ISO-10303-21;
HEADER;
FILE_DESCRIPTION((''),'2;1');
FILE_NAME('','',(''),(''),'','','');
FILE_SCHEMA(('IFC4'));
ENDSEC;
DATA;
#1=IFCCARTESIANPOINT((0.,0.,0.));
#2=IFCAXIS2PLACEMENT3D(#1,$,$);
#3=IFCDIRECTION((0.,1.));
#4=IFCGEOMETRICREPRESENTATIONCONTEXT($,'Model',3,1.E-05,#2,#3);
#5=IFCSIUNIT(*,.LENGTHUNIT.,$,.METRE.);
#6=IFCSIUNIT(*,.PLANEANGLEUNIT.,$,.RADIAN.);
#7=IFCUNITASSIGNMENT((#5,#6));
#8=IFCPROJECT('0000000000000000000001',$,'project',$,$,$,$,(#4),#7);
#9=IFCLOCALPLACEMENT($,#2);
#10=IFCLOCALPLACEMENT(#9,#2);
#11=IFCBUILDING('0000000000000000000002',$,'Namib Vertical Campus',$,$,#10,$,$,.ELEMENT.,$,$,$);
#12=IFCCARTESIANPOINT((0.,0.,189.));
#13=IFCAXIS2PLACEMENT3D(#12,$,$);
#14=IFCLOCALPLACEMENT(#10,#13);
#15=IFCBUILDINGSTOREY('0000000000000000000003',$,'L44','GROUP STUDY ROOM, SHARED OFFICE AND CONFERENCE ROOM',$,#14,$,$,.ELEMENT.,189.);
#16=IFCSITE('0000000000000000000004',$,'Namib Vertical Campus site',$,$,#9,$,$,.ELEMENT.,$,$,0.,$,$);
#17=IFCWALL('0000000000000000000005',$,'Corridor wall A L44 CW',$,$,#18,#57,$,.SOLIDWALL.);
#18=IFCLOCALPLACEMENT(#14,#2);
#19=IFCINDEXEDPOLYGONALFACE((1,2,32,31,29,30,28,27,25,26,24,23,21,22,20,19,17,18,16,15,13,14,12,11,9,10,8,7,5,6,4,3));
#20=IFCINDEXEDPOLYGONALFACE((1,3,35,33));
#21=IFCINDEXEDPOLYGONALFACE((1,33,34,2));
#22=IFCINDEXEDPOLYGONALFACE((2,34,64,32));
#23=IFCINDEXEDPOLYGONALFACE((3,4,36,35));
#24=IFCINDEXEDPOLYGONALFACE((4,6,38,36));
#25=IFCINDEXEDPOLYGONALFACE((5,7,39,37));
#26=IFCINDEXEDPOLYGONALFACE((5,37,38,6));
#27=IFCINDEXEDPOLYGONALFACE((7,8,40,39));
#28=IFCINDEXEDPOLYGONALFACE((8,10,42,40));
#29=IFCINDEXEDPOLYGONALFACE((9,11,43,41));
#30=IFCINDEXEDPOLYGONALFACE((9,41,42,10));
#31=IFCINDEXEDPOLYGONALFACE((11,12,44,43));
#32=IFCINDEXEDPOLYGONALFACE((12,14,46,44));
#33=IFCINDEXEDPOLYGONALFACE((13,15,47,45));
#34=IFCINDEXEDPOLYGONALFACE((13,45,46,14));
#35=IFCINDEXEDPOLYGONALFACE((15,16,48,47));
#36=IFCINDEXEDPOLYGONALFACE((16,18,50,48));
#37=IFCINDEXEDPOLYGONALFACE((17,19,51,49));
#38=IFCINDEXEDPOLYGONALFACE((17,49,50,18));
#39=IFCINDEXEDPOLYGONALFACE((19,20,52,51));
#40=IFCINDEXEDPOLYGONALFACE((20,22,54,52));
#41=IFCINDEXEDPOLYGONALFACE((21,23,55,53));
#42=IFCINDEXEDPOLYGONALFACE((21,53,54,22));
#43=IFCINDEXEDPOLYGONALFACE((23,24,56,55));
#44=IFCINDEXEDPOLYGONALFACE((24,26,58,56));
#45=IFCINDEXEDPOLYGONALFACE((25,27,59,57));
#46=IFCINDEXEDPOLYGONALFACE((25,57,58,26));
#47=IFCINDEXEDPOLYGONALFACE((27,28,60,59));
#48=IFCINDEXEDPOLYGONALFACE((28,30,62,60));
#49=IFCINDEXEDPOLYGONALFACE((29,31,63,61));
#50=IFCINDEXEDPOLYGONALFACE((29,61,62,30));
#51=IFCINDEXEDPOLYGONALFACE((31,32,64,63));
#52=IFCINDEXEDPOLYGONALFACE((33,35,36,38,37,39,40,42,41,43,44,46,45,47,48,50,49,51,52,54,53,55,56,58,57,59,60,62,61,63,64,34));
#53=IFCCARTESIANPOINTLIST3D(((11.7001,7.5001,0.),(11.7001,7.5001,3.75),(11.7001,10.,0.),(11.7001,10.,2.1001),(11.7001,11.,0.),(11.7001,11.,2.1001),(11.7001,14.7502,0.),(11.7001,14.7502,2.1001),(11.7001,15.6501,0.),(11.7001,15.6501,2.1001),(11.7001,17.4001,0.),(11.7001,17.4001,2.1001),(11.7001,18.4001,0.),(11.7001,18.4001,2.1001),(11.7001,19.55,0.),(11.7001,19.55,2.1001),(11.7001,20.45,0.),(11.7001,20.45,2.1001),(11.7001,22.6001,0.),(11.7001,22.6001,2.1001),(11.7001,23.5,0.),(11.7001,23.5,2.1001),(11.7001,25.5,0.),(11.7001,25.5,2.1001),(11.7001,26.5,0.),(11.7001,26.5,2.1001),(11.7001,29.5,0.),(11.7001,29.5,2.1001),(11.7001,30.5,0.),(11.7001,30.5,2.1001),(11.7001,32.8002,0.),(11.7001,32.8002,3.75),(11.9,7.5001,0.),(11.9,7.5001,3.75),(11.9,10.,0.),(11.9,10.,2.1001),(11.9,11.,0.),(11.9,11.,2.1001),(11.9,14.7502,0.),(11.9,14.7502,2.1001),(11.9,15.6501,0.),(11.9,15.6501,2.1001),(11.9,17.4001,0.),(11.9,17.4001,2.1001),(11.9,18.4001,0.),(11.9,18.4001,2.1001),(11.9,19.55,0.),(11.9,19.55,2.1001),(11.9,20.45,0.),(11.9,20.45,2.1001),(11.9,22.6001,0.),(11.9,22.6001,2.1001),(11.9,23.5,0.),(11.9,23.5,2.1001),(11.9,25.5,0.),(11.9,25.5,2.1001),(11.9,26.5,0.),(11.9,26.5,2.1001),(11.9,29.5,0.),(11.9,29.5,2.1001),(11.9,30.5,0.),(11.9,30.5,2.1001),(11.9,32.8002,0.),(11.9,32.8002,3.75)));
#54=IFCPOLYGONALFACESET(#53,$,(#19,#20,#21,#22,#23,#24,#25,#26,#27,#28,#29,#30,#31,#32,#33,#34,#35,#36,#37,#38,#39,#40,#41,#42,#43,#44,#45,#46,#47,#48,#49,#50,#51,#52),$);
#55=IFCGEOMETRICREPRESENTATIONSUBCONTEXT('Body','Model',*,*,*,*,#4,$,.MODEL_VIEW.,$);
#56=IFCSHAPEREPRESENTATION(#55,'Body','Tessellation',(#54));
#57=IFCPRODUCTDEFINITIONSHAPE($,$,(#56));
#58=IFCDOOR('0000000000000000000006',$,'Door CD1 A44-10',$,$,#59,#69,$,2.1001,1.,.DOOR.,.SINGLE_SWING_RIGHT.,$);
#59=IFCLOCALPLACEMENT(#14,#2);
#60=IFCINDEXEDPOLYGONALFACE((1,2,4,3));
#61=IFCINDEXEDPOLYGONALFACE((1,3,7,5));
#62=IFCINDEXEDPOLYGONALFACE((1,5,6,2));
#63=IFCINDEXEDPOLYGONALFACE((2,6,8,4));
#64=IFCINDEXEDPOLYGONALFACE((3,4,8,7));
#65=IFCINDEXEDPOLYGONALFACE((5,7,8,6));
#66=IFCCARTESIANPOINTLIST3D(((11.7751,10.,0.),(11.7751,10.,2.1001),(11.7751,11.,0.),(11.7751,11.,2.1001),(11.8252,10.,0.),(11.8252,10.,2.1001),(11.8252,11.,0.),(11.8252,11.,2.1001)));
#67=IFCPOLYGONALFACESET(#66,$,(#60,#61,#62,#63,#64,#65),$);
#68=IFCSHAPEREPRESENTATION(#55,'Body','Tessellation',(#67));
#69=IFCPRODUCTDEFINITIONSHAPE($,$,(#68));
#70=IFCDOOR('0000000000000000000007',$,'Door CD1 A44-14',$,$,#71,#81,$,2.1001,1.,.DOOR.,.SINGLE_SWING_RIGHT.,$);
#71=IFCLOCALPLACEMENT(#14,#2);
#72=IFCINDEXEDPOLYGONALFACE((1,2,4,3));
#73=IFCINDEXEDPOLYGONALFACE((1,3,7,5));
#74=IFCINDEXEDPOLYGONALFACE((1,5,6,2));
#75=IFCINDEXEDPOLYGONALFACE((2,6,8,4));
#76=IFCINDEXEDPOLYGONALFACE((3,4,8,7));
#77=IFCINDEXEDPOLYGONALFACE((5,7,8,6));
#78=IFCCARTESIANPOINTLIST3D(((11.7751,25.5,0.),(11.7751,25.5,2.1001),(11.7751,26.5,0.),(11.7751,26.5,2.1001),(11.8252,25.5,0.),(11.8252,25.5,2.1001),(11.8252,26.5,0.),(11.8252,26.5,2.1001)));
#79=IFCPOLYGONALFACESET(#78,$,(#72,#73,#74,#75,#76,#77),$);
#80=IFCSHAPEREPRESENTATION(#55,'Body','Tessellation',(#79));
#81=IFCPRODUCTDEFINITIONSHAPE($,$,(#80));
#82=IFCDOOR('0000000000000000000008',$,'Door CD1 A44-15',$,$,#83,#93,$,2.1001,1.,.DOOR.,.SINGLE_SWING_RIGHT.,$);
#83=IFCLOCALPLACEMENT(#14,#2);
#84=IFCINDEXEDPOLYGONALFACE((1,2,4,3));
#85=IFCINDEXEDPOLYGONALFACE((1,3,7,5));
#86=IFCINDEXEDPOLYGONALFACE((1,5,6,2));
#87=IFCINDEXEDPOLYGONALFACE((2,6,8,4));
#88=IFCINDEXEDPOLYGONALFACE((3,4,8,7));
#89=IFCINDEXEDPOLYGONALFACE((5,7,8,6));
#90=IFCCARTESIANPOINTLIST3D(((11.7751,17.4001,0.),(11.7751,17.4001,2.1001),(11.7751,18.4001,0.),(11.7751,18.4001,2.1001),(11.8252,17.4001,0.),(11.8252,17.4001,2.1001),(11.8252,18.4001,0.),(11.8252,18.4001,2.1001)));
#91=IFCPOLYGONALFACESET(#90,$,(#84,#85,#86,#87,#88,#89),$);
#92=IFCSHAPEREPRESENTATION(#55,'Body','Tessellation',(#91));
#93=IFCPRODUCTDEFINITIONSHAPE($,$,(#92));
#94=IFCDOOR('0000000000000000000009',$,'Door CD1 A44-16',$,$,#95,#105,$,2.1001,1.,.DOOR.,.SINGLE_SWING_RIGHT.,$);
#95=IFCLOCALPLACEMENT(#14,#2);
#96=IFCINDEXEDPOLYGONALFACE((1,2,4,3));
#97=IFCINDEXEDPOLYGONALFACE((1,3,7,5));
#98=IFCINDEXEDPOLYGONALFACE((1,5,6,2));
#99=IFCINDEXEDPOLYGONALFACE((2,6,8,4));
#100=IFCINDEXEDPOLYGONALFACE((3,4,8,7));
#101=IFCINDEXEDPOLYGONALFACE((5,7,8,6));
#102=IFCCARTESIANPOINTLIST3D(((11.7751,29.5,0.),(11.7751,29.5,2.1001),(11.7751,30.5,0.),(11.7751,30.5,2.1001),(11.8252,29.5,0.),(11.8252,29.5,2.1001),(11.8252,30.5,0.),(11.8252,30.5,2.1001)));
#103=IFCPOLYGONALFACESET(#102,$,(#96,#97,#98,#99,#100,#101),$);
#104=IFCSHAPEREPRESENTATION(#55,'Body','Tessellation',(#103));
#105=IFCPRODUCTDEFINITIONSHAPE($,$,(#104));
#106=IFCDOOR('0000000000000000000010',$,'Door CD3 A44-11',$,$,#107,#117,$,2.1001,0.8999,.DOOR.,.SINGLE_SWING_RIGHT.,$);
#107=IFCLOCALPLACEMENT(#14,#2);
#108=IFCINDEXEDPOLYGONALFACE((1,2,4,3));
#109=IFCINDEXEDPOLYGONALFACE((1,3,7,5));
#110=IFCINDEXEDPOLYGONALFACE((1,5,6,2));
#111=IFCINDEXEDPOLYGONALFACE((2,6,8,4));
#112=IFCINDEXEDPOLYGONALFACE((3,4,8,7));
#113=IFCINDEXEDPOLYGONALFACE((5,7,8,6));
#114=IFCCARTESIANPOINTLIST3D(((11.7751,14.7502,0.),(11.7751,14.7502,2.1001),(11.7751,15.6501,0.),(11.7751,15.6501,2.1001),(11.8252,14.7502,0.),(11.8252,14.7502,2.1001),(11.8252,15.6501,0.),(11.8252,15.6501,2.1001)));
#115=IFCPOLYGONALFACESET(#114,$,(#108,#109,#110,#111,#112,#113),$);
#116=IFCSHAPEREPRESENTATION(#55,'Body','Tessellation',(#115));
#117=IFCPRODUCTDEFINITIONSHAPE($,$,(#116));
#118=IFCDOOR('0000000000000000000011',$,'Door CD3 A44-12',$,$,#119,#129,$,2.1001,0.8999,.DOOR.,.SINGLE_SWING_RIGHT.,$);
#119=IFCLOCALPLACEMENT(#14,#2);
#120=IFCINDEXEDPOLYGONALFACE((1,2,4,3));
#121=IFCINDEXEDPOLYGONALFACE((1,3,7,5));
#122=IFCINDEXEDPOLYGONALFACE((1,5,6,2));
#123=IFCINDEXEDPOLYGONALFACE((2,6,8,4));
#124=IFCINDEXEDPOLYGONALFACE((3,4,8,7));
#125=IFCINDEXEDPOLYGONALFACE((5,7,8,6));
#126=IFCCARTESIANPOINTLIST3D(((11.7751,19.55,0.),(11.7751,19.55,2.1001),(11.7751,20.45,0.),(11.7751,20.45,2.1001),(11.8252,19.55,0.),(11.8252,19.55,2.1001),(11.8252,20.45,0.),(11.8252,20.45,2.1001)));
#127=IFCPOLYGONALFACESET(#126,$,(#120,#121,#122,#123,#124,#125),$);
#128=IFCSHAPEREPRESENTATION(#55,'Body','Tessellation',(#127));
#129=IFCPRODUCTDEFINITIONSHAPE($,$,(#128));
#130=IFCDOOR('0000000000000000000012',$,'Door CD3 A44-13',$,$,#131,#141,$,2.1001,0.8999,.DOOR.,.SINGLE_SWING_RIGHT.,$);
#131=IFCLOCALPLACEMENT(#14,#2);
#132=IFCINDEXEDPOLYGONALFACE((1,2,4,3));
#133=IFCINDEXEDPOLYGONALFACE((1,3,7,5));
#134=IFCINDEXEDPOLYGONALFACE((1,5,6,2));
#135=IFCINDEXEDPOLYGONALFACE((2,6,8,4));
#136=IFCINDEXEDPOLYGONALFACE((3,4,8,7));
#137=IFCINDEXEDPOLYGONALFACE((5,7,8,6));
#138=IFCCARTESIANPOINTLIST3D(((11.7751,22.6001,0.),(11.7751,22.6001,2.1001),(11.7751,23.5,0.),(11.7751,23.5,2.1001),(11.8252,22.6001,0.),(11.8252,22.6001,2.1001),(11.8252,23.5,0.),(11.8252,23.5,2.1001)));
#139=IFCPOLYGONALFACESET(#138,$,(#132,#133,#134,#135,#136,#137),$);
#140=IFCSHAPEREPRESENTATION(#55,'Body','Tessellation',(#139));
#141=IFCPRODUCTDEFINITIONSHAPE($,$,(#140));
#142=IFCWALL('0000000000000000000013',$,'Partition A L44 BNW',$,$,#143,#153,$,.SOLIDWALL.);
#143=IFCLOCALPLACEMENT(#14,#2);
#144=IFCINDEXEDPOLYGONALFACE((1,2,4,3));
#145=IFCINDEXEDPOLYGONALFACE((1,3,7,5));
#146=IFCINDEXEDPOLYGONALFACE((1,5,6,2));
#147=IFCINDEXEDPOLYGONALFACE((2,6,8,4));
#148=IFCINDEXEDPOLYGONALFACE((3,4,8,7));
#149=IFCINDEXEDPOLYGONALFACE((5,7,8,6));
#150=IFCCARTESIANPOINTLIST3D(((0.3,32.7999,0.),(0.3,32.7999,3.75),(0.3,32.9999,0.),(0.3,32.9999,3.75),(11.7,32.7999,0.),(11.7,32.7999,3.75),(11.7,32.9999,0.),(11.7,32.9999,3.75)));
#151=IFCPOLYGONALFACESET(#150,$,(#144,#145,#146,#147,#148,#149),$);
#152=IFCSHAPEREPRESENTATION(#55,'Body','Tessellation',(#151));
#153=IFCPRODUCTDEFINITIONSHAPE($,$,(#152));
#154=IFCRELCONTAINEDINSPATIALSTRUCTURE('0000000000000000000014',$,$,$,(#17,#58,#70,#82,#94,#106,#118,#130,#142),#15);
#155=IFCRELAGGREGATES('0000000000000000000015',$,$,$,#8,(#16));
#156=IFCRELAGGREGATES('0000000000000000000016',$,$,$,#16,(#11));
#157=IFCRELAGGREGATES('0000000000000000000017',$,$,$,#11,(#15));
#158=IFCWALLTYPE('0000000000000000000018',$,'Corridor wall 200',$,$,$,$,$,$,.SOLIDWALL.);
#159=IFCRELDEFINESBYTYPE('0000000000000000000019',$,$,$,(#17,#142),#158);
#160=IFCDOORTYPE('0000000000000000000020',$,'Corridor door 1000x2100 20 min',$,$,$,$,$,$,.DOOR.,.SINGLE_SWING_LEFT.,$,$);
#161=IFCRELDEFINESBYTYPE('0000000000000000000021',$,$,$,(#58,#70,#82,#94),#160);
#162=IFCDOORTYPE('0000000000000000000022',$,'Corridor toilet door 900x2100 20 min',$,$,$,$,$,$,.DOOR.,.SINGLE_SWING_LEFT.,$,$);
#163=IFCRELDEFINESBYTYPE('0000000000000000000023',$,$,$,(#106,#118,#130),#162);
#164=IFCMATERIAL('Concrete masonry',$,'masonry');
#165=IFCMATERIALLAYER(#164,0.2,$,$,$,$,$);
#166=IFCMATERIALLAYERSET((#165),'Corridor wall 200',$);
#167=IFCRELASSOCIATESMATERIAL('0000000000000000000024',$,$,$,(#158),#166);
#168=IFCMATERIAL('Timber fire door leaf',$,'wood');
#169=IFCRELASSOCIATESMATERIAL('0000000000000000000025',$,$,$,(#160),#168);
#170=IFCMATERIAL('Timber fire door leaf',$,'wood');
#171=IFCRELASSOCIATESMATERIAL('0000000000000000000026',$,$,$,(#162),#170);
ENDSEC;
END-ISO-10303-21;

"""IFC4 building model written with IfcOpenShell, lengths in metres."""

from ifc_helpers import new_model, si_unit, direction, frame, frame_2d, origin, place, context, subcontext, project, spatial, rectangle, extrude, material, layer, layer_set, type_object, element, fill, save


model = new_model("IFC4")

# Units and contexts
model_context = context("Model", 3, precision=1e-05, world=origin(), true_north=direction((0.0, 1.0)))
body_context = subcontext(model_context, "Body", "Model", "MODEL_VIEW")
ifc_project = project(units=[si_unit("LENGTHUNIT", "METRE"), si_unit("PLANEANGLEUNIT", "RADIAN")], contexts=[model_context])

# Site, building, storey
site_placement = place(None, origin())
site = spatial("IfcSite", under=ifc_project, at=site_placement, Name="Namib Vertical Campus site", CompositionType="ELEMENT", RefElevation=0.0)
building_placement = place(site_placement, origin())
building = spatial("IfcBuilding", under=site, at=building_placement, Name="Namib Vertical Campus", CompositionType="ELEMENT")
storey_placement = place(building_placement, frame((0.0, 0.0, 189.0)))
storey = spatial("IfcBuildingStorey", under=building, at=storey_placement, Name="L44", Description="GROUP STUDY ROOM, SHARED OFFICE AND CONFERENCE ROOM", CompositionType="ELEMENT", Elevation=189.0)

# Wall, openings, doors
ifc_material_1 = material(Name="Concrete masonry", Category="masonry")
ifc_layer_1 = layer(ifc_material_1, 0.2)
ifc_layer_set_1 = layer_set([ifc_layer_1], Name="Corridor wall 200")
wall_type_1 = type_object("IfcWallType", Name="Corridor wall 200", PredefinedType="SOLIDWALL", material=ifc_layer_set_1)
wall_1_placement = place(storey_placement, frame((11.8, 32.8, 0.0), z_axis=(0.0, 0.0, 1.0), x_axis=(0.0, -1.0, 0.0)))
wall_1 = element("IfcWall", 1, at=wall_1_placement, inside=storey, type_object=wall_type_1, Name="Corridor wall A L44 CW", PredefinedType="SOLIDWALL", context=body_context, shape_type="SweptSolid", body=[
    extrude(rectangle(XDim=25.3, YDim=0.2, at=frame_2d((12.6499, 0.0))), origin(), (0.0, 0.0, 1.0), 3.75),
])
opening_1_placement = place(wall_1_placement, frame((21.8, 0.0, 0.0)))
opening_1 = element("IfcOpeningElement", 2, at=opening_1_placement, cuts=wall_1, PredefinedType="OPENING", context=body_context, shape_type="SweptSolid", body=[
    extrude(rectangle(XDim=1.0, YDim=2.1001, at=frame_2d((0.5, 1.05))), frame((0.0, 0.1099, 0.0), z_axis=(0.0, -1.0, 0.0), x_axis=(1.0, 0.0, 0.0)), (0.0, 0.0, 1.0), 0.22),
])
opening_2_placement = place(wall_1_placement, frame((17.1499, 0.0, 0.0)))
opening_2 = element("IfcOpeningElement", 3, at=opening_2_placement, cuts=wall_1, PredefinedType="OPENING", context=body_context, shape_type="SweptSolid", body=[
    extrude(rectangle(XDim=0.8999, YDim=2.1001, at=frame_2d((0.45, 1.05))), frame((0.0, 0.1099, 0.0), z_axis=(0.0, -1.0, 0.0), x_axis=(1.0, 0.0, 0.0)), (0.0, 0.0, 1.0), 0.22),
])
opening_3_placement = place(wall_1_placement, frame((12.3501, 0.0, 0.0)))
opening_3 = element("IfcOpeningElement", 4, at=opening_3_placement, cuts=wall_1, PredefinedType="OPENING", context=body_context, shape_type="SweptSolid", body=[
    extrude(rectangle(XDim=0.8999, YDim=2.1001, at=frame_2d((0.45, 1.05))), frame((0.0, 0.1099, 0.0), z_axis=(0.0, -1.0, 0.0), x_axis=(1.0, 0.0, 0.0)), (0.0, 0.0, 1.0), 0.22),
])
opening_4_placement = place(wall_1_placement, frame((9.3, 0.0, 0.0)))
opening_4 = element("IfcOpeningElement", 5, at=opening_4_placement, cuts=wall_1, PredefinedType="OPENING", context=body_context, shape_type="SweptSolid", body=[
    extrude(rectangle(XDim=0.8999, YDim=2.1001, at=frame_2d((0.45, 1.05))), frame((0.0, 0.1099, 0.0), z_axis=(0.0, -1.0, 0.0), x_axis=(1.0, 0.0, 0.0)), (0.0, 0.0, 1.0), 0.22),
])
opening_5_placement = place(wall_1_placement, frame((6.3, 0.0, 0.0)))
opening_5 = element("IfcOpeningElement", 6, at=opening_5_placement, cuts=wall_1, PredefinedType="OPENING", context=body_context, shape_type="SweptSolid", body=[
    extrude(rectangle(XDim=1.0, YDim=2.1001, at=frame_2d((0.5, 1.05))), frame((0.0, 0.1099, 0.0), z_axis=(0.0, -1.0, 0.0), x_axis=(1.0, 0.0, 0.0)), (0.0, 0.0, 1.0), 0.22),
])
opening_6_placement = place(wall_1_placement, frame((14.3999, 0.0, 0.0)))
opening_6 = element("IfcOpeningElement", 7, at=opening_6_placement, cuts=wall_1, PredefinedType="OPENING", context=body_context, shape_type="SweptSolid", body=[
    extrude(rectangle(XDim=1.0, YDim=2.1001, at=frame_2d((0.5, 1.05))), frame((0.0, 0.1099, 0.0), z_axis=(0.0, -1.0, 0.0), x_axis=(1.0, 0.0, 0.0)), (0.0, 0.0, 1.0), 0.22),
])
opening_7_placement = place(wall_1_placement, frame((2.3, 0.0, 0.0)))
opening_7 = element("IfcOpeningElement", 8, at=opening_7_placement, cuts=wall_1, PredefinedType="OPENING", context=body_context, shape_type="SweptSolid", body=[
    extrude(rectangle(XDim=1.0, YDim=2.1001, at=frame_2d((0.5, 1.05))), frame((0.0, 0.1099, 0.0), z_axis=(0.0, -1.0, 0.0), x_axis=(1.0, 0.0, 0.0)), (0.0, 0.0, 1.0), 0.22),
])
ifc_material_2 = material(Name="Timber fire door leaf", Category="wood")
door_type_1 = type_object("IfcDoorType", Name="Corridor door 1000x2100 20 min", OperationType="SINGLE_SWING_LEFT", PredefinedType="DOOR", material=ifc_material_2)
door_1_placement = place(opening_1_placement, frame((1.0, 0.0, 0.0), z_axis=(0.0, 0.0, 1.0), x_axis=(-1.0, 0.0, 0.0)))
door_1 = element("IfcDoor", 9, at=door_1_placement, inside=storey, type_object=door_type_1, Name="Door CD1 A44-10", OperationType="SINGLE_SWING_RIGHT", OverallHeight=2.1001, OverallWidth=1.0, PredefinedType="DOOR", context=body_context, shape_type="SweptSolid", body=[
    extrude(rectangle(XDim=1.0, YDim=2.1001, at=frame_2d((0.5, 1.05))), frame((0.0, 0.0249, 0.0), z_axis=(0.0, -1.0, 0.0), x_axis=(1.0, 0.0, 0.0)), (0.0, 0.0, 1.0), 0.05),
])
fill(opening_1, door_1)
door_2_placement = place(opening_5_placement, frame((1.0, 0.0, 0.0), z_axis=(0.0, 0.0, 1.0), x_axis=(-1.0, 0.0, 0.0)))
door_2 = element("IfcDoor", 10, at=door_2_placement, inside=storey, type_object=door_type_1, Name="Door CD1 A44-14", OperationType="SINGLE_SWING_RIGHT", OverallHeight=2.1001, OverallWidth=1.0, PredefinedType="DOOR", context=body_context, shape_type="SweptSolid", body=[
    extrude(rectangle(XDim=1.0, YDim=2.1001, at=frame_2d((0.5, 1.05))), frame((0.0, 0.0249, 0.0), z_axis=(0.0, -1.0, 0.0), x_axis=(1.0, 0.0, 0.0)), (0.0, 0.0, 1.0), 0.05),
])
fill(opening_5, door_2)
door_3_placement = place(opening_6_placement, frame((1.0, 0.0, 0.0), z_axis=(0.0, 0.0, 1.0), x_axis=(-1.0, 0.0, 0.0)))
door_3 = element("IfcDoor", 11, at=door_3_placement, inside=storey, type_object=door_type_1, Name="Door CD1 A44-15", OperationType="SINGLE_SWING_RIGHT", OverallHeight=2.1001, OverallWidth=1.0, PredefinedType="DOOR", context=body_context, shape_type="SweptSolid", body=[
    extrude(rectangle(XDim=1.0, YDim=2.1001, at=frame_2d((0.5, 1.05))), frame((0.0, 0.0249, 0.0), z_axis=(0.0, -1.0, 0.0), x_axis=(1.0, 0.0, 0.0)), (0.0, 0.0, 1.0), 0.05),
])
fill(opening_6, door_3)
door_4_placement = place(opening_7_placement, frame((1.0, 0.0, 0.0), z_axis=(0.0, 0.0, 1.0), x_axis=(-1.0, 0.0, 0.0)))
door_4 = element("IfcDoor", 12, at=door_4_placement, inside=storey, type_object=door_type_1, Name="Door CD1 A44-16", OperationType="SINGLE_SWING_RIGHT", OverallHeight=2.1001, OverallWidth=1.0, PredefinedType="DOOR", context=body_context, shape_type="SweptSolid", body=[
    extrude(rectangle(XDim=1.0, YDim=2.1001, at=frame_2d((0.5, 1.05))), frame((0.0, 0.0249, 0.0), z_axis=(0.0, -1.0, 0.0), x_axis=(1.0, 0.0, 0.0)), (0.0, 0.0, 1.0), 0.05),
])
fill(opening_7, door_4)
ifc_material_3 = material(Name="Timber fire door leaf", Category="wood")
door_type_2 = type_object("IfcDoorType", Name="Corridor toilet door 900x2100 20 min", OperationType="SINGLE_SWING_LEFT", PredefinedType="DOOR", material=ifc_material_3)
door_5_placement = place(opening_2_placement, frame((0.8999, 0.0, 0.0), z_axis=(0.0, 0.0, 1.0), x_axis=(-1.0, 0.0, 0.0)))
door_5 = element("IfcDoor", 13, at=door_5_placement, inside=storey, type_object=door_type_2, Name="Door CD3 A44-11", OperationType="SINGLE_SWING_RIGHT", OverallHeight=2.1001, OverallWidth=0.8999, PredefinedType="DOOR", context=body_context, shape_type="SweptSolid", body=[
    extrude(rectangle(XDim=0.8999, YDim=2.1001, at=frame_2d((0.45, 1.05))), frame((0.0, 0.0249, 0.0), z_axis=(0.0, -1.0, 0.0), x_axis=(1.0, 0.0, 0.0)), (0.0, 0.0, 1.0), 0.05),
])
fill(opening_2, door_5)
door_6_placement = place(opening_3_placement, frame((0.8999, 0.0, 0.0), z_axis=(0.0, 0.0, 1.0), x_axis=(-1.0, 0.0, 0.0)))
door_6 = element("IfcDoor", 14, at=door_6_placement, inside=storey, type_object=door_type_2, Name="Door CD3 A44-12", OperationType="SINGLE_SWING_RIGHT", OverallHeight=2.1001, OverallWidth=0.8999, PredefinedType="DOOR", context=body_context, shape_type="SweptSolid", body=[
    extrude(rectangle(XDim=0.8999, YDim=2.1001, at=frame_2d((0.45, 1.05))), frame((0.0, 0.0249, 0.0), z_axis=(0.0, -1.0, 0.0), x_axis=(1.0, 0.0, 0.0)), (0.0, 0.0, 1.0), 0.05),
])
fill(opening_3, door_6)
door_7_placement = place(opening_4_placement, frame((0.8999, 0.0, 0.0), z_axis=(0.0, 0.0, 1.0), x_axis=(-1.0, 0.0, 0.0)))
door_7 = element("IfcDoor", 15, at=door_7_placement, inside=storey, type_object=door_type_2, Name="Door CD3 A44-13", OperationType="SINGLE_SWING_RIGHT", OverallHeight=2.1001, OverallWidth=0.8999, PredefinedType="DOOR", context=body_context, shape_type="SweptSolid", body=[
    extrude(rectangle(XDim=0.8999, YDim=2.1001, at=frame_2d((0.45, 1.05))), frame((0.0, 0.0249, 0.0), z_axis=(0.0, -1.0, 0.0), x_axis=(1.0, 0.0, 0.0)), (0.0, 0.0, 1.0), 0.05),
])
fill(opening_4, door_7)

# Wall
wall_2_placement = place(storey_placement, frame((0.3, 32.8999, 0.0), z_axis=(0.0, 0.0, 1.0), x_axis=(1.0, 0.0, 0.0)))
element("IfcWall", 16, at=wall_2_placement, inside=storey, type_object=wall_type_1, Name="Partition A L44 BNW", PredefinedType="SOLIDWALL", context=body_context, shape_type="SweptSolid", body=[
    extrude(rectangle(XDim=11.3999, YDim=0.2, at=frame_2d((5.7, 0.0))), origin(), (0.0, 0.0, 1.0), 3.75),
])

save(model, "model.ifc")
